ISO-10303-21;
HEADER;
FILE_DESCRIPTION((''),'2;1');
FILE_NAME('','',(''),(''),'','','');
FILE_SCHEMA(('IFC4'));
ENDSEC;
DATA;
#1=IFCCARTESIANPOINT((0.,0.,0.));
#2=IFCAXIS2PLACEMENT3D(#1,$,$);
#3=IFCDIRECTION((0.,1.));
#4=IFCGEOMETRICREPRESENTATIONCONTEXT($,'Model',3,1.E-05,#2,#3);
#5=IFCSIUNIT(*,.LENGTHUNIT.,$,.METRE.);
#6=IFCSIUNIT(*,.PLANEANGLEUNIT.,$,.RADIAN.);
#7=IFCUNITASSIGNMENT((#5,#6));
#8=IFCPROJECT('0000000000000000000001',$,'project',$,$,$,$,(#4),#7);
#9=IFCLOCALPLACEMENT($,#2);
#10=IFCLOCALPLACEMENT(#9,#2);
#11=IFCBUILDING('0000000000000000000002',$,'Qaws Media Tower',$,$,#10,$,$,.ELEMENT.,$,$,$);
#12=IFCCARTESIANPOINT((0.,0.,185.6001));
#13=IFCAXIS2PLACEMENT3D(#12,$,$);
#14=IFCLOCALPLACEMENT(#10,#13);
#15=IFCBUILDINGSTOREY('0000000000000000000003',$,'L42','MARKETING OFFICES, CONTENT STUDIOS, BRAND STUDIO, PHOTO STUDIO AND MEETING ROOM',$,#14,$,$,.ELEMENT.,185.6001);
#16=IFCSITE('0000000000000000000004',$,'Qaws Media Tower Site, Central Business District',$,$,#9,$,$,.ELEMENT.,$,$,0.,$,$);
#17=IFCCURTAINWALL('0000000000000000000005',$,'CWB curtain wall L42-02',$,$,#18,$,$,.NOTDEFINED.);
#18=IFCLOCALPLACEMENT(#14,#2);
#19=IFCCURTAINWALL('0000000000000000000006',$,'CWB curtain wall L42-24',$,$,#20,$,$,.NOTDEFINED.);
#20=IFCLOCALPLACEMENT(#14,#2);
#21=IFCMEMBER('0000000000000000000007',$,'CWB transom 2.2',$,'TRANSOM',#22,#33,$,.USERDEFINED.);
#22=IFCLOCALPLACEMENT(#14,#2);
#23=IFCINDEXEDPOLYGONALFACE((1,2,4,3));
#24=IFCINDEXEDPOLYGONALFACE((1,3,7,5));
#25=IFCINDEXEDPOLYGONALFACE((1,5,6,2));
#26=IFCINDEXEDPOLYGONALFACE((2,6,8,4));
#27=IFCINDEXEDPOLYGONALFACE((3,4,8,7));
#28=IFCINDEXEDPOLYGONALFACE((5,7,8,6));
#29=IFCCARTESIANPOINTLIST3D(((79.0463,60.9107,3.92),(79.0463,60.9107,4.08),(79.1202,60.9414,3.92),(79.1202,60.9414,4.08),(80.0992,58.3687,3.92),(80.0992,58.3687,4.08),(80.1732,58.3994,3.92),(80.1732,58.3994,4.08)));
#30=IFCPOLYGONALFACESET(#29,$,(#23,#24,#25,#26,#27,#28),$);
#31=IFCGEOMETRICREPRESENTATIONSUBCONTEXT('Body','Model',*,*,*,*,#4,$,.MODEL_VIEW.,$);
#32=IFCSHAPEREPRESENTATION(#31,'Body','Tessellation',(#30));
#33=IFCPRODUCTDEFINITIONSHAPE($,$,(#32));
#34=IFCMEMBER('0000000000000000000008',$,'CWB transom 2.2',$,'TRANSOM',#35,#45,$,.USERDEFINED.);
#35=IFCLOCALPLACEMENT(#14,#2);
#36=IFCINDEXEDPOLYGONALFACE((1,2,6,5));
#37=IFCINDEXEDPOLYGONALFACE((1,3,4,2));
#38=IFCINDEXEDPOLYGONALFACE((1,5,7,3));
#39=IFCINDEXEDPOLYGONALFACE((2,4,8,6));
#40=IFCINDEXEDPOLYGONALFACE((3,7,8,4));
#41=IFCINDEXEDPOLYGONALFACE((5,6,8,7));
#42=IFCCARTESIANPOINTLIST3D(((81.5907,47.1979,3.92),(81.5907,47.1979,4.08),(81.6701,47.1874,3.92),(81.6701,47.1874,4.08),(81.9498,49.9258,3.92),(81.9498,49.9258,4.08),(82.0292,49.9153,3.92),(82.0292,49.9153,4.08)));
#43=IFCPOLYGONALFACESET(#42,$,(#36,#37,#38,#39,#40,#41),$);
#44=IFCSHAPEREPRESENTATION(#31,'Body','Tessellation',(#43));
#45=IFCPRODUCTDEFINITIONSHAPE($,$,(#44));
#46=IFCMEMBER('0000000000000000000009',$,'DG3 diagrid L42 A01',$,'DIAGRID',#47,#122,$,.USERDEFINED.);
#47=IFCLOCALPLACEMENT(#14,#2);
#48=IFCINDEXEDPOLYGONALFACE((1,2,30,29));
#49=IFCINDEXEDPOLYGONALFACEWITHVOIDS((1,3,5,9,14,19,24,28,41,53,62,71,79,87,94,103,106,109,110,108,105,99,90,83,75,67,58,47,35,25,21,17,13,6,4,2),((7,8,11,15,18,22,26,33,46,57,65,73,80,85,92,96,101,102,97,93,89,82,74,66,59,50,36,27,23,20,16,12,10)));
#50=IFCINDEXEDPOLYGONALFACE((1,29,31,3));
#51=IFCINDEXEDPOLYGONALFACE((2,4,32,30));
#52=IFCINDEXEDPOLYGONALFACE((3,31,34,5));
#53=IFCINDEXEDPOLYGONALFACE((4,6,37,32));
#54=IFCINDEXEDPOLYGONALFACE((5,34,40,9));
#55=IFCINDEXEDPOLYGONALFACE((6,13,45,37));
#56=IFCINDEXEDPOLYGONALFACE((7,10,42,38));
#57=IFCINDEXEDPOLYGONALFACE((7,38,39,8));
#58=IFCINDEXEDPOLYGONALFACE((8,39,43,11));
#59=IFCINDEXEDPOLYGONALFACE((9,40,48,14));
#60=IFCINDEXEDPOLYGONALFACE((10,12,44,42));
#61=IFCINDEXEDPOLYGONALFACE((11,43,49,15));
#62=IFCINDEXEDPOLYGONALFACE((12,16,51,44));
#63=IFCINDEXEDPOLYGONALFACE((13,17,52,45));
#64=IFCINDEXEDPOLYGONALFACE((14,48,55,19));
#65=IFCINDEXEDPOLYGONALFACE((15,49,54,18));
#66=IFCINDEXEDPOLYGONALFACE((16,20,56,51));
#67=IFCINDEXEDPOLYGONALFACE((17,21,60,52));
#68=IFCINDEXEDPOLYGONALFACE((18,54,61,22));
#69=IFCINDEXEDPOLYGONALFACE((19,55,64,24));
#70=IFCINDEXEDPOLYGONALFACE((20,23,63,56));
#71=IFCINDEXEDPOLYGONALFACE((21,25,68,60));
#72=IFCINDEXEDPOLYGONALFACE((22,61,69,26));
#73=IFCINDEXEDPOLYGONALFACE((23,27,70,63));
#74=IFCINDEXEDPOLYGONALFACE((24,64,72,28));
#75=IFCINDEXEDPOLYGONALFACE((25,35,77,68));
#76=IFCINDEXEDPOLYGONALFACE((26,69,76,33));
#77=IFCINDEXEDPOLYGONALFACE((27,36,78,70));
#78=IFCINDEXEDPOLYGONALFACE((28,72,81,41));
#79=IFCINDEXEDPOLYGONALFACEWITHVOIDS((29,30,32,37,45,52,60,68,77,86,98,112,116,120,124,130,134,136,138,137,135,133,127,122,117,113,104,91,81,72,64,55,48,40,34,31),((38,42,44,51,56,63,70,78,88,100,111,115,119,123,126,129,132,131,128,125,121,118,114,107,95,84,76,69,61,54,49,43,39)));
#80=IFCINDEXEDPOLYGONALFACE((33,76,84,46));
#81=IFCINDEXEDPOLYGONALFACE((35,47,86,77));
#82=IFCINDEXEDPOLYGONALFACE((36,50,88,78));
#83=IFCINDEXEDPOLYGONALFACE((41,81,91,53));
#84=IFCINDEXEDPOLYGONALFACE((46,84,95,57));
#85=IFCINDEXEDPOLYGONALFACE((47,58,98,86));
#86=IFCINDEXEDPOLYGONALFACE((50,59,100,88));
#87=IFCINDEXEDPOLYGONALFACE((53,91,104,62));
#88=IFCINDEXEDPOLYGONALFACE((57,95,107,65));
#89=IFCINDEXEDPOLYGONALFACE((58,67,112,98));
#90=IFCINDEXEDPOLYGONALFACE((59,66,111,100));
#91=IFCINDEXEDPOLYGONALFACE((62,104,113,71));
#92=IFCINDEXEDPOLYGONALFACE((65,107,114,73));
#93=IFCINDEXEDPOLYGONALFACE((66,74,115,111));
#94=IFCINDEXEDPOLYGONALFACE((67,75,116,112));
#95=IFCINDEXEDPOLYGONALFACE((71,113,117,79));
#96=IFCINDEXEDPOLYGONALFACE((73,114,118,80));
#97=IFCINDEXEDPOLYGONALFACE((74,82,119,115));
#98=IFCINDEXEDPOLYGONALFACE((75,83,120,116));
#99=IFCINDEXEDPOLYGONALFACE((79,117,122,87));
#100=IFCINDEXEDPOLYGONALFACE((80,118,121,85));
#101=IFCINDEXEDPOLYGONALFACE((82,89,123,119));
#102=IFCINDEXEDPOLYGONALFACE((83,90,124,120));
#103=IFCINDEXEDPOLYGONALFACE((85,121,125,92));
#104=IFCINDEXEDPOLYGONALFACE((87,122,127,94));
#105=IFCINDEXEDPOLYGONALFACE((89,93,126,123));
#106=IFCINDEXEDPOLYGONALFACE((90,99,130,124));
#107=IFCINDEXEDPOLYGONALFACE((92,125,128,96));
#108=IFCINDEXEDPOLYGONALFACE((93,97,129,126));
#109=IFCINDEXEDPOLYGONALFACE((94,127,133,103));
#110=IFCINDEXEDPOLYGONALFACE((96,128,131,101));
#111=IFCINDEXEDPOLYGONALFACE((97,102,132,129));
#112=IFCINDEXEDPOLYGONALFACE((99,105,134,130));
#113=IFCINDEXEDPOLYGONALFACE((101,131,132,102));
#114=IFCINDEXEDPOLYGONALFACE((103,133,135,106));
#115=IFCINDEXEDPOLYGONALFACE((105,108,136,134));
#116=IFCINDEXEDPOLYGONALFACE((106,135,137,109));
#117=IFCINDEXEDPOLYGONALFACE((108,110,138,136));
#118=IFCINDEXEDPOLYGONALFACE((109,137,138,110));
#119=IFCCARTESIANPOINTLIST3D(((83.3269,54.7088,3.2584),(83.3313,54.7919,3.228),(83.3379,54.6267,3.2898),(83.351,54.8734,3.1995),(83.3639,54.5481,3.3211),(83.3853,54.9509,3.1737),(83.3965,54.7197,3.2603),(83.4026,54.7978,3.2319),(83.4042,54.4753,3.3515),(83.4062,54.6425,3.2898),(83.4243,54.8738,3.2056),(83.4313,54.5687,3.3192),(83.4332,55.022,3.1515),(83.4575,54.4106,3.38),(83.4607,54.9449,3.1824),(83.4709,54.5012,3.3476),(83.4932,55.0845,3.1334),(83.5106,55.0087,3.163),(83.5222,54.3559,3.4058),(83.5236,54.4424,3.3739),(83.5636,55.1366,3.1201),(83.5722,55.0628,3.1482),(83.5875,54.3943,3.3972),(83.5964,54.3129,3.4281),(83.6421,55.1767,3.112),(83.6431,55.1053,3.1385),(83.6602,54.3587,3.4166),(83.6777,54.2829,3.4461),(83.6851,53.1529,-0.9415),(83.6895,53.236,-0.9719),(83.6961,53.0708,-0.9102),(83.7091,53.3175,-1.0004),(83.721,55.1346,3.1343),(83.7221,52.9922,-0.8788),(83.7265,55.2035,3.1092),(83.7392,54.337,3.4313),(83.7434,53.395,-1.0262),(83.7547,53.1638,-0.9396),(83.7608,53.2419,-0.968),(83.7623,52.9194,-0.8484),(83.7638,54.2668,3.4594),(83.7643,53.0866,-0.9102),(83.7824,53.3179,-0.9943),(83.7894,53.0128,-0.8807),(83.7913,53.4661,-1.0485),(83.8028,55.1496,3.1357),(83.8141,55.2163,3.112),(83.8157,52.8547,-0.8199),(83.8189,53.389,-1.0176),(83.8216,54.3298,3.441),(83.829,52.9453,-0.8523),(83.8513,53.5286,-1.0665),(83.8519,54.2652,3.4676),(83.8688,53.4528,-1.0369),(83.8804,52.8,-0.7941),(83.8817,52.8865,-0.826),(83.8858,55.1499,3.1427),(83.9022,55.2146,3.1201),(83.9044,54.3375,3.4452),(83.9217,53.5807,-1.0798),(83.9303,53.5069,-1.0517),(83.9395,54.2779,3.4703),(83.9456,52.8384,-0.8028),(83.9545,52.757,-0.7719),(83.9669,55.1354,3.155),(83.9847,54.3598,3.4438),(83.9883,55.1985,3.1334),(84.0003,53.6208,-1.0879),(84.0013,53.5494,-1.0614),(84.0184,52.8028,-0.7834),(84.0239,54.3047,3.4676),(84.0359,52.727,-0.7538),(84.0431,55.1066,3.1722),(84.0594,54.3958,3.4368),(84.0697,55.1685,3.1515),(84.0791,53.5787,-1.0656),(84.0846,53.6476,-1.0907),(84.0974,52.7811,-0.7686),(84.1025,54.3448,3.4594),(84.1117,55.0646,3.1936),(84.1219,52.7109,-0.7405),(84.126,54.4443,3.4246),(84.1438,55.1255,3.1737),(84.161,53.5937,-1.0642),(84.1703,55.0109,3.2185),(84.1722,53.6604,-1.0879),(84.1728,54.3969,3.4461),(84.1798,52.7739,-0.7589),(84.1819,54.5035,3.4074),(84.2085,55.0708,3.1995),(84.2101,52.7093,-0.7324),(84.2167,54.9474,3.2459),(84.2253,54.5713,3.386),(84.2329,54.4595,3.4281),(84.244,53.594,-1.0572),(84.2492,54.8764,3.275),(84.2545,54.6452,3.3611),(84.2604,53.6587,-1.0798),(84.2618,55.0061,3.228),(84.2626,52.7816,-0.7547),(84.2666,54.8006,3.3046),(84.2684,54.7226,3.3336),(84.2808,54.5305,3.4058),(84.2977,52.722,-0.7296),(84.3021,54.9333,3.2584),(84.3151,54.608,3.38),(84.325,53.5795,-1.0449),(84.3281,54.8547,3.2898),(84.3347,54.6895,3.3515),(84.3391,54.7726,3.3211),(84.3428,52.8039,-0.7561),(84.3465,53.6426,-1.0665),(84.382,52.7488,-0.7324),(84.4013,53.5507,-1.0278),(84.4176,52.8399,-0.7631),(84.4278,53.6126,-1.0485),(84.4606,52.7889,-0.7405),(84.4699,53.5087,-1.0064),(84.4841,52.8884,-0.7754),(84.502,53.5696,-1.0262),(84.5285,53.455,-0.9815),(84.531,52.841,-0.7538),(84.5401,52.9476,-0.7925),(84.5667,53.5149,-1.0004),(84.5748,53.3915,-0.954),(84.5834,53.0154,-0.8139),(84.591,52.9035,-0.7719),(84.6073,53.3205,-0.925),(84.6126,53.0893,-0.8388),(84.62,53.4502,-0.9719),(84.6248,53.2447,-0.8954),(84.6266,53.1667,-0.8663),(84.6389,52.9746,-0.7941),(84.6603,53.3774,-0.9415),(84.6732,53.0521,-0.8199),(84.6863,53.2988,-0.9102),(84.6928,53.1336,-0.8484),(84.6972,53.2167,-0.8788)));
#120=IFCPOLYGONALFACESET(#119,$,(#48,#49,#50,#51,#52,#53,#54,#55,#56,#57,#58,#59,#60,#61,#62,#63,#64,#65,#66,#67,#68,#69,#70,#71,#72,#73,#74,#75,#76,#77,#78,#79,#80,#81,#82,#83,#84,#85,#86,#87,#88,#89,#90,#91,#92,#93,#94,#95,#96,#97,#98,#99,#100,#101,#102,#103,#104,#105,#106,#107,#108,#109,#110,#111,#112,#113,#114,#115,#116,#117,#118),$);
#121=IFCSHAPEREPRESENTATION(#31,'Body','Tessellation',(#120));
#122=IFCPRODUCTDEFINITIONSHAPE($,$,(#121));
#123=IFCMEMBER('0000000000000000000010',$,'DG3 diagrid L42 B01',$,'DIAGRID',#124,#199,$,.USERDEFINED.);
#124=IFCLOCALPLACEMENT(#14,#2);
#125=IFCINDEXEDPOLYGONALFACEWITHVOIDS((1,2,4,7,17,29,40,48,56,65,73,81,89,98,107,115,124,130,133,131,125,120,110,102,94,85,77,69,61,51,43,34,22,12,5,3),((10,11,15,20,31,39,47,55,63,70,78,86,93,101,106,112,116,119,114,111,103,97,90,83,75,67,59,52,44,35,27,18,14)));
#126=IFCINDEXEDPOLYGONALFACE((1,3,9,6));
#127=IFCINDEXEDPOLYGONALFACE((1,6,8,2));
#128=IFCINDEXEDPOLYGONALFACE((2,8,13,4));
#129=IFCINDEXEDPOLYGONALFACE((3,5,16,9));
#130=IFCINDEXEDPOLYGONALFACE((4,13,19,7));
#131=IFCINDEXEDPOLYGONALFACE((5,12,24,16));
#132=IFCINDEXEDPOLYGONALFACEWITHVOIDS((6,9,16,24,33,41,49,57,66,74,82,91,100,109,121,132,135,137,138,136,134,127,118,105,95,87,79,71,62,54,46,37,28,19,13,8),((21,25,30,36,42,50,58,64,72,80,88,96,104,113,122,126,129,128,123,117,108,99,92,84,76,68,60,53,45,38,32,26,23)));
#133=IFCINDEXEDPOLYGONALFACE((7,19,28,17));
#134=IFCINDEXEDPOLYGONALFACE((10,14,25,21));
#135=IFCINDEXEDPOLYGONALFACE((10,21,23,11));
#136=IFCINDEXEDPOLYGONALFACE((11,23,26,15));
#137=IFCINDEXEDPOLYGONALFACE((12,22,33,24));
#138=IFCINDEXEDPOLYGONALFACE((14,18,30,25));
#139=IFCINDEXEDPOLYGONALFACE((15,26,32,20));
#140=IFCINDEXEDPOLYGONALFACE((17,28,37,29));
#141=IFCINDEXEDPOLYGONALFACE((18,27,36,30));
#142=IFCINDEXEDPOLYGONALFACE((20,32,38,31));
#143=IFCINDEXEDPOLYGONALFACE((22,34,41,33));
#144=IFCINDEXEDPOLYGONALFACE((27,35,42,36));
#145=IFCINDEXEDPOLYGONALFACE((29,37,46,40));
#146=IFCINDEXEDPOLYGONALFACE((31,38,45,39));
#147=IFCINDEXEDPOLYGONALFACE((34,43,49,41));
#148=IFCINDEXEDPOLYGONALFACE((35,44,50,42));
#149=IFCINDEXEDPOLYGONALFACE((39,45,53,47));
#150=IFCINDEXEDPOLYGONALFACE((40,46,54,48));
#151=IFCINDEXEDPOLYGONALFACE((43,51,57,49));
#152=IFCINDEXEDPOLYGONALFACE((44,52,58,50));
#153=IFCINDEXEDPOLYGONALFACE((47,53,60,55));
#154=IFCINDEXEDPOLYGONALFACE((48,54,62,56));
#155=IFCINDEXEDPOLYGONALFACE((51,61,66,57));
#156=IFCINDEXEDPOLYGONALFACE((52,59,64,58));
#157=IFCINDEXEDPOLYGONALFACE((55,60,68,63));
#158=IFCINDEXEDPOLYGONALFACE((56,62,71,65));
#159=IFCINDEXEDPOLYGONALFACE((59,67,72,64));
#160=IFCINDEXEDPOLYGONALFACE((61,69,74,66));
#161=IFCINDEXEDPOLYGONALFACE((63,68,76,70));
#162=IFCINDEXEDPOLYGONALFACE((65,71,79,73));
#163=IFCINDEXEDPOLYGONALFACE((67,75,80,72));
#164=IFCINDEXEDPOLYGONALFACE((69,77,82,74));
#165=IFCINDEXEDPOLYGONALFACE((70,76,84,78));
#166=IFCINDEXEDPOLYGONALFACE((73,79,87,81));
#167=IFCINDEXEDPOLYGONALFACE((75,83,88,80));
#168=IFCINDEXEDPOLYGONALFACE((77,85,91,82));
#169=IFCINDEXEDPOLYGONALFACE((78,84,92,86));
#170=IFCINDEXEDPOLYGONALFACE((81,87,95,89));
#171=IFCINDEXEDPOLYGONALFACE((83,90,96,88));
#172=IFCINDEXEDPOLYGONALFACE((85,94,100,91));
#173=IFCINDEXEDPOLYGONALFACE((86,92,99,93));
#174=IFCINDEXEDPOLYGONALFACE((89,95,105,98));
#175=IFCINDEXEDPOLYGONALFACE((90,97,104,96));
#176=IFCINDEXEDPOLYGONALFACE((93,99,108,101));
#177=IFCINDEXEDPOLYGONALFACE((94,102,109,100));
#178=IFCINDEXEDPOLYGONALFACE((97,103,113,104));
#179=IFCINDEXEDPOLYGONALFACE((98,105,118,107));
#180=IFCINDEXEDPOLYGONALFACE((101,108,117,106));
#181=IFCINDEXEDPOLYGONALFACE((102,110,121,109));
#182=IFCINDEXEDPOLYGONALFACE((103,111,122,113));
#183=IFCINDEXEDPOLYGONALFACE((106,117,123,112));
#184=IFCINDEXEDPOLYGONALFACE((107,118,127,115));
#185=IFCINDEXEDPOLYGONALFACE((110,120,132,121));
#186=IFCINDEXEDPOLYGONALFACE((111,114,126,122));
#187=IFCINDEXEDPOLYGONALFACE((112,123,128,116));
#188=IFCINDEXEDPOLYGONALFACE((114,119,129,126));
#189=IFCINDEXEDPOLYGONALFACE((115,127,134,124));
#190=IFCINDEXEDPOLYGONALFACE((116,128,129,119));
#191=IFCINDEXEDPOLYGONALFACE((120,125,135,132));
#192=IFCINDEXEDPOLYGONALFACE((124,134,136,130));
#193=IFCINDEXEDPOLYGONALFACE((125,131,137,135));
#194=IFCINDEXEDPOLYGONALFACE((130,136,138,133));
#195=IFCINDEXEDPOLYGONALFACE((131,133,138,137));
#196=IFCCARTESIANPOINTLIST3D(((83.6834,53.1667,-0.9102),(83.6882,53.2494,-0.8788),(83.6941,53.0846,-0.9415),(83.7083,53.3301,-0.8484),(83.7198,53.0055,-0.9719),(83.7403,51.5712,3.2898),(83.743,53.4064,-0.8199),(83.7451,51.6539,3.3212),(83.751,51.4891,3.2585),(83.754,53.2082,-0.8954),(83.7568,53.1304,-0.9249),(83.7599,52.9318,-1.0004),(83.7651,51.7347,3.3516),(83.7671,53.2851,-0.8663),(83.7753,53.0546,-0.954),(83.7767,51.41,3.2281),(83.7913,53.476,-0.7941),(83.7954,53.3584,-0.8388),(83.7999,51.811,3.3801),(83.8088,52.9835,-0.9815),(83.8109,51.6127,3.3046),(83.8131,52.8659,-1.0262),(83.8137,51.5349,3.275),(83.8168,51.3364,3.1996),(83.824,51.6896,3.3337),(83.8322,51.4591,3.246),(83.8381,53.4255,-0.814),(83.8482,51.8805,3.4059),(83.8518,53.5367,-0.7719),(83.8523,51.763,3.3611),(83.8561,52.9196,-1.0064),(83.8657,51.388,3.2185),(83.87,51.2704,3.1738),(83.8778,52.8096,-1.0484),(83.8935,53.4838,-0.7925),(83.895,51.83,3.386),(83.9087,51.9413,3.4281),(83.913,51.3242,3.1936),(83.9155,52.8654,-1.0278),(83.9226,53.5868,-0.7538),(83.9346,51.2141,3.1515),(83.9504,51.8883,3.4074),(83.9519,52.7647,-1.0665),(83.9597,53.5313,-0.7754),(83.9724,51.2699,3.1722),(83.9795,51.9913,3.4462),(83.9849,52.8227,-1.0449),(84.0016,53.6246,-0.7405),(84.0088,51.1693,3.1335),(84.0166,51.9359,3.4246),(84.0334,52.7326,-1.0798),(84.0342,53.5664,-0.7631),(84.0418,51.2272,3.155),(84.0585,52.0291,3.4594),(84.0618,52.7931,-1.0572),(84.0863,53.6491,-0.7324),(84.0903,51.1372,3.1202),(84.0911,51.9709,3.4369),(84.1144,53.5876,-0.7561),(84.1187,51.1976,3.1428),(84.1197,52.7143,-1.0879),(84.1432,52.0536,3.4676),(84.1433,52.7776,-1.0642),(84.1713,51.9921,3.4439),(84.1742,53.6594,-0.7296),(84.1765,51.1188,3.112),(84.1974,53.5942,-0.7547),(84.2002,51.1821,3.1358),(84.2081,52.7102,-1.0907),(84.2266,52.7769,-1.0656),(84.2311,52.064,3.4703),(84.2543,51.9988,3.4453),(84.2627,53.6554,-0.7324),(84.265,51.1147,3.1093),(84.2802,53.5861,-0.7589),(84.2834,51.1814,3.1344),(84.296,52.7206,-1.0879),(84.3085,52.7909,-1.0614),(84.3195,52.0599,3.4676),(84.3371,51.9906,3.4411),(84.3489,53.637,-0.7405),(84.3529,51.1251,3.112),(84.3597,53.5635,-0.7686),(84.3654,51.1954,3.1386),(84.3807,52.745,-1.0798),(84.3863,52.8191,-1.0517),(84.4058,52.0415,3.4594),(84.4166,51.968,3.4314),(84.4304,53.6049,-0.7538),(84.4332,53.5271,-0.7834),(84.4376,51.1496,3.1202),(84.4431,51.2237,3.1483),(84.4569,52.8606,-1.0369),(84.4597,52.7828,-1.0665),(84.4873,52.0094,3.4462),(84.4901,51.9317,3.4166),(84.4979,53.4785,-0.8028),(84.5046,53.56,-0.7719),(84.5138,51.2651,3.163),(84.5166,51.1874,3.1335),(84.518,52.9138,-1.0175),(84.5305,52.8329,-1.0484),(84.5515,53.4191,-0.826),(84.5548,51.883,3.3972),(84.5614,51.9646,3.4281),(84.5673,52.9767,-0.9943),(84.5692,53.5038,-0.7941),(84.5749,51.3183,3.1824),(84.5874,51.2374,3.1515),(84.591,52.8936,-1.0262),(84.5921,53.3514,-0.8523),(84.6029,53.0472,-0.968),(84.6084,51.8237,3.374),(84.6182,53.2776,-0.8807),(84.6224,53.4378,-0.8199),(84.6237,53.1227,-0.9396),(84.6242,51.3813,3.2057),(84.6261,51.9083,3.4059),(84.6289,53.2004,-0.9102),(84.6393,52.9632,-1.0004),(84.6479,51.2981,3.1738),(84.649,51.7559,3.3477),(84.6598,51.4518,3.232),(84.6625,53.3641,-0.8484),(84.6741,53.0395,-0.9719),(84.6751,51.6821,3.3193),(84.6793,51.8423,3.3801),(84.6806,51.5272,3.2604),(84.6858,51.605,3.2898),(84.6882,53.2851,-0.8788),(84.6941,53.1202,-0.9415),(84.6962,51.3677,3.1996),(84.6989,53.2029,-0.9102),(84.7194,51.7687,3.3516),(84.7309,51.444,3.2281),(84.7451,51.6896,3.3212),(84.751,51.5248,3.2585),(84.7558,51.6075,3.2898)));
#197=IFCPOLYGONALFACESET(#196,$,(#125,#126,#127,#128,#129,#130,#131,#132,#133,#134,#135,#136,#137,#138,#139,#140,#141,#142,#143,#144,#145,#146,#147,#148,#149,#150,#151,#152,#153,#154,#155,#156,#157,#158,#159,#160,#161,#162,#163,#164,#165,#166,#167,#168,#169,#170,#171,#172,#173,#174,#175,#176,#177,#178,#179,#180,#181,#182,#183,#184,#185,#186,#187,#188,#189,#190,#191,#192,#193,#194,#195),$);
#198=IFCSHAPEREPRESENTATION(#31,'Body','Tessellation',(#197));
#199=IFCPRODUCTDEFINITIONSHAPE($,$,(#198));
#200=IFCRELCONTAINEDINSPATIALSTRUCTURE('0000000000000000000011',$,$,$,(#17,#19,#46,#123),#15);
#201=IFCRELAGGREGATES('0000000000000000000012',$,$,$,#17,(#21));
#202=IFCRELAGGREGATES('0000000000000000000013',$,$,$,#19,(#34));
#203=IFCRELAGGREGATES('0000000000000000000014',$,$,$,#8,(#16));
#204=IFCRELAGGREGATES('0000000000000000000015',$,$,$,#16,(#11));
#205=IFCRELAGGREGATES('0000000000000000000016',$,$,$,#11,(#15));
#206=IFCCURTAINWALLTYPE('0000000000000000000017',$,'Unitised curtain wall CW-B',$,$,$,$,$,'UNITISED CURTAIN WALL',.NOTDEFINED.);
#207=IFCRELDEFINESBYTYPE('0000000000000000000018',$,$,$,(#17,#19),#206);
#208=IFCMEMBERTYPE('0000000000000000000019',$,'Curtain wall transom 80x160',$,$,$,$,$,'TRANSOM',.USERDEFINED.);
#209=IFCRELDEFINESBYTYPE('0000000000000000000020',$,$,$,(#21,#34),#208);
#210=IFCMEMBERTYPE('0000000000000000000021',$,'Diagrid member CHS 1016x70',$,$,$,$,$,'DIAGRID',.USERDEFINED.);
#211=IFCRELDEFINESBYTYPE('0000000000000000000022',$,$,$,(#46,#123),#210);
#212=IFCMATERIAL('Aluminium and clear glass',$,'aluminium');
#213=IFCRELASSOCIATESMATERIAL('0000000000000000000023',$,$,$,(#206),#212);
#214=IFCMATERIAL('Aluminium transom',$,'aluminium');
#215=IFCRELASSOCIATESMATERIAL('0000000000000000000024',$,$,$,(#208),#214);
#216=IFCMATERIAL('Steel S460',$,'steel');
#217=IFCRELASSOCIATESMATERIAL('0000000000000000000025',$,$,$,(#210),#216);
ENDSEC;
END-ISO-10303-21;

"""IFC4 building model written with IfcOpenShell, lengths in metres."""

from ifc_helpers import new_model, si_unit, direction, frame, origin, origin_2d, place, context, subcontext, project, spatial, rectangle, hollow_circle, extrude, material, material_profile, profile_set, type_object, element, aggregate, save


model = new_model("IFC4")

# Units and contexts
model_context = context("Model", 3, precision=1e-05, world=origin(), true_north=direction((0.0, 1.0)))
body_context = subcontext(model_context, "Body", "Model", "MODEL_VIEW")
ifc_project = project(units=[si_unit("LENGTHUNIT", "METRE"), si_unit("PLANEANGLEUNIT", "RADIAN")], contexts=[model_context])

# Site, building, storey
site_placement = place(None, origin())
site = spatial("IfcSite", under=ifc_project, at=site_placement, Name="Qaws Media Tower Site, Central Business District", CompositionType="ELEMENT", RefElevation=0.0)
building_placement = place(site_placement, origin())
building = spatial("IfcBuilding", under=site, at=building_placement, Name="Qaws Media Tower", CompositionType="ELEMENT")
storey_placement = place(building_placement, frame((0.0, 0.0, 185.6001)))
storey = spatial("IfcBuildingStorey", under=building, at=storey_placement, Name="L42", Description="MARKETING OFFICES, CONTENT STUDIOS, BRAND STUDIO, PHOTO STUDIO AND MEETING ROOM", CompositionType="ELEMENT", Elevation=185.6001)

# Curtain wall
ifc_material_1 = material(Name="Aluminium and clear glass", Category="aluminium")
curtain_wall_type = type_object("IfcCurtainWallType", Name="Unitised curtain wall CW-B", ElementType="UNITISED CURTAIN WALL", PredefinedType="NOTDEFINED", material=ifc_material_1)
curtain_wall_1_placement = place(storey_placement, origin())
curtain_wall_1 = element("IfcCurtainWall", 1, at=curtain_wall_1_placement, inside=storey, type_object=curtain_wall_type, Name="CWB curtain wall L42-02", PredefinedType="NOTDEFINED")

# Curtain wall
curtain_wall_2_placement = place(storey_placement, origin())
curtain_wall_2 = element("IfcCurtainWall", 2, at=curtain_wall_2_placement, inside=storey, type_object=curtain_wall_type, Name="CWB curtain wall L42-24", PredefinedType="NOTDEFINED")

# Members
ifc_material_2 = material(Name="Aluminium transom", Category="aluminium")
ifc_material_profile_1 = material_profile(ifc_material_2, rectangle(XDim=0.0801, YDim=0.1599, at=origin_2d()), Name="80x160")
ifc_profile_set_1 = profile_set([ifc_material_profile_1], Name="Aluminium transom")
member_type_1 = type_object("IfcMemberType", Name="Curtain wall transom 80x160", ElementType="TRANSOM", PredefinedType="USERDEFINED", material=ifc_profile_set_1)
member_1_placement = place(storey_placement, frame((80.1362, 58.384, 4.0), z_axis=(-0.382699, 0.923873, 0.0), x_axis=(-0.923873, -0.382699, 0.0)))
member_1 = element("IfcMember", 3, at=member_1_placement, type_object=member_type_1, Name="CWB transom 2.2", ObjectType="TRANSOM", PredefinedType="USERDEFINED", context=body_context, shape_type="SweptSolid", body=[
    extrude(rectangle(XDim=0.0801, YDim=0.1599, at=origin_2d()), origin(), (0.0, 0.0, 1.0), 2.7515),
])
member_2_placement = place(storey_placement, frame((81.6304, 47.1926, 4.0), z_axis=(0.130519, 0.991446, 0.0), x_axis=(-0.991446, 0.130519, 0.0)))
member_2 = element("IfcMember", 4, at=member_2_placement, type_object=member_type_1, Name="CWB transom 2.2", ObjectType="TRANSOM", PredefinedType="USERDEFINED", context=body_context, shape_type="SweptSolid", body=[
    extrude(rectangle(XDim=0.0801, YDim=0.1599, at=origin_2d()), origin(), (0.0, 0.0, 1.0), 2.7515),
])

# Members
ifc_material_3 = material(Name="Steel S460", Category="steel")
ifc_material_profile_2 = material_profile(ifc_material_3, hollow_circle(Radius=0.5081, WallThickness=0.0701, at=origin_2d()), Name="CHS 1016x70")
ifc_profile_set_2 = profile_set([ifc_material_profile_2], Name="Steel S460")
member_type_2 = type_object("IfcMemberType", Name="Diagrid member CHS 1016x70", ElementType="DIAGRID", PredefinedType="USERDEFINED", material=ifc_profile_set_2)
for number, where, z_axis, x_axis, name in (
    (5, (84.1912, 53.1848, -0.9102), (-0.079711, 0.346282, 0.934738), (-0.974515, -0.224323, 0.0), "DG3 diagrid L42 A01"),
    (6, (84.1912, 53.1848, -0.9102), (0.01266, -0.355088, 0.934747), (0.999365, 0.035632, 0.0), "DG3 diagrid L42 B01"),
):
    element("IfcMember", number, at=place(storey_placement, frame(where, z_axis=z_axis, x_axis=x_axis)), inside=storey, type_object=member_type_2, Name=name, ObjectType="DIAGRID", PredefinedType="USERDEFINED", context=body_context, shape_type="SweptSolid", body=[
        extrude(hollow_circle(Radius=0.5081, WallThickness=0.0701, at=origin_2d()), origin(), (0.0, 0.0, 1.0), 4.4932),
    ])

aggregate(curtain_wall_1, [member_1])
aggregate(curtain_wall_2, [member_2])

save(model, "model.ifc")
